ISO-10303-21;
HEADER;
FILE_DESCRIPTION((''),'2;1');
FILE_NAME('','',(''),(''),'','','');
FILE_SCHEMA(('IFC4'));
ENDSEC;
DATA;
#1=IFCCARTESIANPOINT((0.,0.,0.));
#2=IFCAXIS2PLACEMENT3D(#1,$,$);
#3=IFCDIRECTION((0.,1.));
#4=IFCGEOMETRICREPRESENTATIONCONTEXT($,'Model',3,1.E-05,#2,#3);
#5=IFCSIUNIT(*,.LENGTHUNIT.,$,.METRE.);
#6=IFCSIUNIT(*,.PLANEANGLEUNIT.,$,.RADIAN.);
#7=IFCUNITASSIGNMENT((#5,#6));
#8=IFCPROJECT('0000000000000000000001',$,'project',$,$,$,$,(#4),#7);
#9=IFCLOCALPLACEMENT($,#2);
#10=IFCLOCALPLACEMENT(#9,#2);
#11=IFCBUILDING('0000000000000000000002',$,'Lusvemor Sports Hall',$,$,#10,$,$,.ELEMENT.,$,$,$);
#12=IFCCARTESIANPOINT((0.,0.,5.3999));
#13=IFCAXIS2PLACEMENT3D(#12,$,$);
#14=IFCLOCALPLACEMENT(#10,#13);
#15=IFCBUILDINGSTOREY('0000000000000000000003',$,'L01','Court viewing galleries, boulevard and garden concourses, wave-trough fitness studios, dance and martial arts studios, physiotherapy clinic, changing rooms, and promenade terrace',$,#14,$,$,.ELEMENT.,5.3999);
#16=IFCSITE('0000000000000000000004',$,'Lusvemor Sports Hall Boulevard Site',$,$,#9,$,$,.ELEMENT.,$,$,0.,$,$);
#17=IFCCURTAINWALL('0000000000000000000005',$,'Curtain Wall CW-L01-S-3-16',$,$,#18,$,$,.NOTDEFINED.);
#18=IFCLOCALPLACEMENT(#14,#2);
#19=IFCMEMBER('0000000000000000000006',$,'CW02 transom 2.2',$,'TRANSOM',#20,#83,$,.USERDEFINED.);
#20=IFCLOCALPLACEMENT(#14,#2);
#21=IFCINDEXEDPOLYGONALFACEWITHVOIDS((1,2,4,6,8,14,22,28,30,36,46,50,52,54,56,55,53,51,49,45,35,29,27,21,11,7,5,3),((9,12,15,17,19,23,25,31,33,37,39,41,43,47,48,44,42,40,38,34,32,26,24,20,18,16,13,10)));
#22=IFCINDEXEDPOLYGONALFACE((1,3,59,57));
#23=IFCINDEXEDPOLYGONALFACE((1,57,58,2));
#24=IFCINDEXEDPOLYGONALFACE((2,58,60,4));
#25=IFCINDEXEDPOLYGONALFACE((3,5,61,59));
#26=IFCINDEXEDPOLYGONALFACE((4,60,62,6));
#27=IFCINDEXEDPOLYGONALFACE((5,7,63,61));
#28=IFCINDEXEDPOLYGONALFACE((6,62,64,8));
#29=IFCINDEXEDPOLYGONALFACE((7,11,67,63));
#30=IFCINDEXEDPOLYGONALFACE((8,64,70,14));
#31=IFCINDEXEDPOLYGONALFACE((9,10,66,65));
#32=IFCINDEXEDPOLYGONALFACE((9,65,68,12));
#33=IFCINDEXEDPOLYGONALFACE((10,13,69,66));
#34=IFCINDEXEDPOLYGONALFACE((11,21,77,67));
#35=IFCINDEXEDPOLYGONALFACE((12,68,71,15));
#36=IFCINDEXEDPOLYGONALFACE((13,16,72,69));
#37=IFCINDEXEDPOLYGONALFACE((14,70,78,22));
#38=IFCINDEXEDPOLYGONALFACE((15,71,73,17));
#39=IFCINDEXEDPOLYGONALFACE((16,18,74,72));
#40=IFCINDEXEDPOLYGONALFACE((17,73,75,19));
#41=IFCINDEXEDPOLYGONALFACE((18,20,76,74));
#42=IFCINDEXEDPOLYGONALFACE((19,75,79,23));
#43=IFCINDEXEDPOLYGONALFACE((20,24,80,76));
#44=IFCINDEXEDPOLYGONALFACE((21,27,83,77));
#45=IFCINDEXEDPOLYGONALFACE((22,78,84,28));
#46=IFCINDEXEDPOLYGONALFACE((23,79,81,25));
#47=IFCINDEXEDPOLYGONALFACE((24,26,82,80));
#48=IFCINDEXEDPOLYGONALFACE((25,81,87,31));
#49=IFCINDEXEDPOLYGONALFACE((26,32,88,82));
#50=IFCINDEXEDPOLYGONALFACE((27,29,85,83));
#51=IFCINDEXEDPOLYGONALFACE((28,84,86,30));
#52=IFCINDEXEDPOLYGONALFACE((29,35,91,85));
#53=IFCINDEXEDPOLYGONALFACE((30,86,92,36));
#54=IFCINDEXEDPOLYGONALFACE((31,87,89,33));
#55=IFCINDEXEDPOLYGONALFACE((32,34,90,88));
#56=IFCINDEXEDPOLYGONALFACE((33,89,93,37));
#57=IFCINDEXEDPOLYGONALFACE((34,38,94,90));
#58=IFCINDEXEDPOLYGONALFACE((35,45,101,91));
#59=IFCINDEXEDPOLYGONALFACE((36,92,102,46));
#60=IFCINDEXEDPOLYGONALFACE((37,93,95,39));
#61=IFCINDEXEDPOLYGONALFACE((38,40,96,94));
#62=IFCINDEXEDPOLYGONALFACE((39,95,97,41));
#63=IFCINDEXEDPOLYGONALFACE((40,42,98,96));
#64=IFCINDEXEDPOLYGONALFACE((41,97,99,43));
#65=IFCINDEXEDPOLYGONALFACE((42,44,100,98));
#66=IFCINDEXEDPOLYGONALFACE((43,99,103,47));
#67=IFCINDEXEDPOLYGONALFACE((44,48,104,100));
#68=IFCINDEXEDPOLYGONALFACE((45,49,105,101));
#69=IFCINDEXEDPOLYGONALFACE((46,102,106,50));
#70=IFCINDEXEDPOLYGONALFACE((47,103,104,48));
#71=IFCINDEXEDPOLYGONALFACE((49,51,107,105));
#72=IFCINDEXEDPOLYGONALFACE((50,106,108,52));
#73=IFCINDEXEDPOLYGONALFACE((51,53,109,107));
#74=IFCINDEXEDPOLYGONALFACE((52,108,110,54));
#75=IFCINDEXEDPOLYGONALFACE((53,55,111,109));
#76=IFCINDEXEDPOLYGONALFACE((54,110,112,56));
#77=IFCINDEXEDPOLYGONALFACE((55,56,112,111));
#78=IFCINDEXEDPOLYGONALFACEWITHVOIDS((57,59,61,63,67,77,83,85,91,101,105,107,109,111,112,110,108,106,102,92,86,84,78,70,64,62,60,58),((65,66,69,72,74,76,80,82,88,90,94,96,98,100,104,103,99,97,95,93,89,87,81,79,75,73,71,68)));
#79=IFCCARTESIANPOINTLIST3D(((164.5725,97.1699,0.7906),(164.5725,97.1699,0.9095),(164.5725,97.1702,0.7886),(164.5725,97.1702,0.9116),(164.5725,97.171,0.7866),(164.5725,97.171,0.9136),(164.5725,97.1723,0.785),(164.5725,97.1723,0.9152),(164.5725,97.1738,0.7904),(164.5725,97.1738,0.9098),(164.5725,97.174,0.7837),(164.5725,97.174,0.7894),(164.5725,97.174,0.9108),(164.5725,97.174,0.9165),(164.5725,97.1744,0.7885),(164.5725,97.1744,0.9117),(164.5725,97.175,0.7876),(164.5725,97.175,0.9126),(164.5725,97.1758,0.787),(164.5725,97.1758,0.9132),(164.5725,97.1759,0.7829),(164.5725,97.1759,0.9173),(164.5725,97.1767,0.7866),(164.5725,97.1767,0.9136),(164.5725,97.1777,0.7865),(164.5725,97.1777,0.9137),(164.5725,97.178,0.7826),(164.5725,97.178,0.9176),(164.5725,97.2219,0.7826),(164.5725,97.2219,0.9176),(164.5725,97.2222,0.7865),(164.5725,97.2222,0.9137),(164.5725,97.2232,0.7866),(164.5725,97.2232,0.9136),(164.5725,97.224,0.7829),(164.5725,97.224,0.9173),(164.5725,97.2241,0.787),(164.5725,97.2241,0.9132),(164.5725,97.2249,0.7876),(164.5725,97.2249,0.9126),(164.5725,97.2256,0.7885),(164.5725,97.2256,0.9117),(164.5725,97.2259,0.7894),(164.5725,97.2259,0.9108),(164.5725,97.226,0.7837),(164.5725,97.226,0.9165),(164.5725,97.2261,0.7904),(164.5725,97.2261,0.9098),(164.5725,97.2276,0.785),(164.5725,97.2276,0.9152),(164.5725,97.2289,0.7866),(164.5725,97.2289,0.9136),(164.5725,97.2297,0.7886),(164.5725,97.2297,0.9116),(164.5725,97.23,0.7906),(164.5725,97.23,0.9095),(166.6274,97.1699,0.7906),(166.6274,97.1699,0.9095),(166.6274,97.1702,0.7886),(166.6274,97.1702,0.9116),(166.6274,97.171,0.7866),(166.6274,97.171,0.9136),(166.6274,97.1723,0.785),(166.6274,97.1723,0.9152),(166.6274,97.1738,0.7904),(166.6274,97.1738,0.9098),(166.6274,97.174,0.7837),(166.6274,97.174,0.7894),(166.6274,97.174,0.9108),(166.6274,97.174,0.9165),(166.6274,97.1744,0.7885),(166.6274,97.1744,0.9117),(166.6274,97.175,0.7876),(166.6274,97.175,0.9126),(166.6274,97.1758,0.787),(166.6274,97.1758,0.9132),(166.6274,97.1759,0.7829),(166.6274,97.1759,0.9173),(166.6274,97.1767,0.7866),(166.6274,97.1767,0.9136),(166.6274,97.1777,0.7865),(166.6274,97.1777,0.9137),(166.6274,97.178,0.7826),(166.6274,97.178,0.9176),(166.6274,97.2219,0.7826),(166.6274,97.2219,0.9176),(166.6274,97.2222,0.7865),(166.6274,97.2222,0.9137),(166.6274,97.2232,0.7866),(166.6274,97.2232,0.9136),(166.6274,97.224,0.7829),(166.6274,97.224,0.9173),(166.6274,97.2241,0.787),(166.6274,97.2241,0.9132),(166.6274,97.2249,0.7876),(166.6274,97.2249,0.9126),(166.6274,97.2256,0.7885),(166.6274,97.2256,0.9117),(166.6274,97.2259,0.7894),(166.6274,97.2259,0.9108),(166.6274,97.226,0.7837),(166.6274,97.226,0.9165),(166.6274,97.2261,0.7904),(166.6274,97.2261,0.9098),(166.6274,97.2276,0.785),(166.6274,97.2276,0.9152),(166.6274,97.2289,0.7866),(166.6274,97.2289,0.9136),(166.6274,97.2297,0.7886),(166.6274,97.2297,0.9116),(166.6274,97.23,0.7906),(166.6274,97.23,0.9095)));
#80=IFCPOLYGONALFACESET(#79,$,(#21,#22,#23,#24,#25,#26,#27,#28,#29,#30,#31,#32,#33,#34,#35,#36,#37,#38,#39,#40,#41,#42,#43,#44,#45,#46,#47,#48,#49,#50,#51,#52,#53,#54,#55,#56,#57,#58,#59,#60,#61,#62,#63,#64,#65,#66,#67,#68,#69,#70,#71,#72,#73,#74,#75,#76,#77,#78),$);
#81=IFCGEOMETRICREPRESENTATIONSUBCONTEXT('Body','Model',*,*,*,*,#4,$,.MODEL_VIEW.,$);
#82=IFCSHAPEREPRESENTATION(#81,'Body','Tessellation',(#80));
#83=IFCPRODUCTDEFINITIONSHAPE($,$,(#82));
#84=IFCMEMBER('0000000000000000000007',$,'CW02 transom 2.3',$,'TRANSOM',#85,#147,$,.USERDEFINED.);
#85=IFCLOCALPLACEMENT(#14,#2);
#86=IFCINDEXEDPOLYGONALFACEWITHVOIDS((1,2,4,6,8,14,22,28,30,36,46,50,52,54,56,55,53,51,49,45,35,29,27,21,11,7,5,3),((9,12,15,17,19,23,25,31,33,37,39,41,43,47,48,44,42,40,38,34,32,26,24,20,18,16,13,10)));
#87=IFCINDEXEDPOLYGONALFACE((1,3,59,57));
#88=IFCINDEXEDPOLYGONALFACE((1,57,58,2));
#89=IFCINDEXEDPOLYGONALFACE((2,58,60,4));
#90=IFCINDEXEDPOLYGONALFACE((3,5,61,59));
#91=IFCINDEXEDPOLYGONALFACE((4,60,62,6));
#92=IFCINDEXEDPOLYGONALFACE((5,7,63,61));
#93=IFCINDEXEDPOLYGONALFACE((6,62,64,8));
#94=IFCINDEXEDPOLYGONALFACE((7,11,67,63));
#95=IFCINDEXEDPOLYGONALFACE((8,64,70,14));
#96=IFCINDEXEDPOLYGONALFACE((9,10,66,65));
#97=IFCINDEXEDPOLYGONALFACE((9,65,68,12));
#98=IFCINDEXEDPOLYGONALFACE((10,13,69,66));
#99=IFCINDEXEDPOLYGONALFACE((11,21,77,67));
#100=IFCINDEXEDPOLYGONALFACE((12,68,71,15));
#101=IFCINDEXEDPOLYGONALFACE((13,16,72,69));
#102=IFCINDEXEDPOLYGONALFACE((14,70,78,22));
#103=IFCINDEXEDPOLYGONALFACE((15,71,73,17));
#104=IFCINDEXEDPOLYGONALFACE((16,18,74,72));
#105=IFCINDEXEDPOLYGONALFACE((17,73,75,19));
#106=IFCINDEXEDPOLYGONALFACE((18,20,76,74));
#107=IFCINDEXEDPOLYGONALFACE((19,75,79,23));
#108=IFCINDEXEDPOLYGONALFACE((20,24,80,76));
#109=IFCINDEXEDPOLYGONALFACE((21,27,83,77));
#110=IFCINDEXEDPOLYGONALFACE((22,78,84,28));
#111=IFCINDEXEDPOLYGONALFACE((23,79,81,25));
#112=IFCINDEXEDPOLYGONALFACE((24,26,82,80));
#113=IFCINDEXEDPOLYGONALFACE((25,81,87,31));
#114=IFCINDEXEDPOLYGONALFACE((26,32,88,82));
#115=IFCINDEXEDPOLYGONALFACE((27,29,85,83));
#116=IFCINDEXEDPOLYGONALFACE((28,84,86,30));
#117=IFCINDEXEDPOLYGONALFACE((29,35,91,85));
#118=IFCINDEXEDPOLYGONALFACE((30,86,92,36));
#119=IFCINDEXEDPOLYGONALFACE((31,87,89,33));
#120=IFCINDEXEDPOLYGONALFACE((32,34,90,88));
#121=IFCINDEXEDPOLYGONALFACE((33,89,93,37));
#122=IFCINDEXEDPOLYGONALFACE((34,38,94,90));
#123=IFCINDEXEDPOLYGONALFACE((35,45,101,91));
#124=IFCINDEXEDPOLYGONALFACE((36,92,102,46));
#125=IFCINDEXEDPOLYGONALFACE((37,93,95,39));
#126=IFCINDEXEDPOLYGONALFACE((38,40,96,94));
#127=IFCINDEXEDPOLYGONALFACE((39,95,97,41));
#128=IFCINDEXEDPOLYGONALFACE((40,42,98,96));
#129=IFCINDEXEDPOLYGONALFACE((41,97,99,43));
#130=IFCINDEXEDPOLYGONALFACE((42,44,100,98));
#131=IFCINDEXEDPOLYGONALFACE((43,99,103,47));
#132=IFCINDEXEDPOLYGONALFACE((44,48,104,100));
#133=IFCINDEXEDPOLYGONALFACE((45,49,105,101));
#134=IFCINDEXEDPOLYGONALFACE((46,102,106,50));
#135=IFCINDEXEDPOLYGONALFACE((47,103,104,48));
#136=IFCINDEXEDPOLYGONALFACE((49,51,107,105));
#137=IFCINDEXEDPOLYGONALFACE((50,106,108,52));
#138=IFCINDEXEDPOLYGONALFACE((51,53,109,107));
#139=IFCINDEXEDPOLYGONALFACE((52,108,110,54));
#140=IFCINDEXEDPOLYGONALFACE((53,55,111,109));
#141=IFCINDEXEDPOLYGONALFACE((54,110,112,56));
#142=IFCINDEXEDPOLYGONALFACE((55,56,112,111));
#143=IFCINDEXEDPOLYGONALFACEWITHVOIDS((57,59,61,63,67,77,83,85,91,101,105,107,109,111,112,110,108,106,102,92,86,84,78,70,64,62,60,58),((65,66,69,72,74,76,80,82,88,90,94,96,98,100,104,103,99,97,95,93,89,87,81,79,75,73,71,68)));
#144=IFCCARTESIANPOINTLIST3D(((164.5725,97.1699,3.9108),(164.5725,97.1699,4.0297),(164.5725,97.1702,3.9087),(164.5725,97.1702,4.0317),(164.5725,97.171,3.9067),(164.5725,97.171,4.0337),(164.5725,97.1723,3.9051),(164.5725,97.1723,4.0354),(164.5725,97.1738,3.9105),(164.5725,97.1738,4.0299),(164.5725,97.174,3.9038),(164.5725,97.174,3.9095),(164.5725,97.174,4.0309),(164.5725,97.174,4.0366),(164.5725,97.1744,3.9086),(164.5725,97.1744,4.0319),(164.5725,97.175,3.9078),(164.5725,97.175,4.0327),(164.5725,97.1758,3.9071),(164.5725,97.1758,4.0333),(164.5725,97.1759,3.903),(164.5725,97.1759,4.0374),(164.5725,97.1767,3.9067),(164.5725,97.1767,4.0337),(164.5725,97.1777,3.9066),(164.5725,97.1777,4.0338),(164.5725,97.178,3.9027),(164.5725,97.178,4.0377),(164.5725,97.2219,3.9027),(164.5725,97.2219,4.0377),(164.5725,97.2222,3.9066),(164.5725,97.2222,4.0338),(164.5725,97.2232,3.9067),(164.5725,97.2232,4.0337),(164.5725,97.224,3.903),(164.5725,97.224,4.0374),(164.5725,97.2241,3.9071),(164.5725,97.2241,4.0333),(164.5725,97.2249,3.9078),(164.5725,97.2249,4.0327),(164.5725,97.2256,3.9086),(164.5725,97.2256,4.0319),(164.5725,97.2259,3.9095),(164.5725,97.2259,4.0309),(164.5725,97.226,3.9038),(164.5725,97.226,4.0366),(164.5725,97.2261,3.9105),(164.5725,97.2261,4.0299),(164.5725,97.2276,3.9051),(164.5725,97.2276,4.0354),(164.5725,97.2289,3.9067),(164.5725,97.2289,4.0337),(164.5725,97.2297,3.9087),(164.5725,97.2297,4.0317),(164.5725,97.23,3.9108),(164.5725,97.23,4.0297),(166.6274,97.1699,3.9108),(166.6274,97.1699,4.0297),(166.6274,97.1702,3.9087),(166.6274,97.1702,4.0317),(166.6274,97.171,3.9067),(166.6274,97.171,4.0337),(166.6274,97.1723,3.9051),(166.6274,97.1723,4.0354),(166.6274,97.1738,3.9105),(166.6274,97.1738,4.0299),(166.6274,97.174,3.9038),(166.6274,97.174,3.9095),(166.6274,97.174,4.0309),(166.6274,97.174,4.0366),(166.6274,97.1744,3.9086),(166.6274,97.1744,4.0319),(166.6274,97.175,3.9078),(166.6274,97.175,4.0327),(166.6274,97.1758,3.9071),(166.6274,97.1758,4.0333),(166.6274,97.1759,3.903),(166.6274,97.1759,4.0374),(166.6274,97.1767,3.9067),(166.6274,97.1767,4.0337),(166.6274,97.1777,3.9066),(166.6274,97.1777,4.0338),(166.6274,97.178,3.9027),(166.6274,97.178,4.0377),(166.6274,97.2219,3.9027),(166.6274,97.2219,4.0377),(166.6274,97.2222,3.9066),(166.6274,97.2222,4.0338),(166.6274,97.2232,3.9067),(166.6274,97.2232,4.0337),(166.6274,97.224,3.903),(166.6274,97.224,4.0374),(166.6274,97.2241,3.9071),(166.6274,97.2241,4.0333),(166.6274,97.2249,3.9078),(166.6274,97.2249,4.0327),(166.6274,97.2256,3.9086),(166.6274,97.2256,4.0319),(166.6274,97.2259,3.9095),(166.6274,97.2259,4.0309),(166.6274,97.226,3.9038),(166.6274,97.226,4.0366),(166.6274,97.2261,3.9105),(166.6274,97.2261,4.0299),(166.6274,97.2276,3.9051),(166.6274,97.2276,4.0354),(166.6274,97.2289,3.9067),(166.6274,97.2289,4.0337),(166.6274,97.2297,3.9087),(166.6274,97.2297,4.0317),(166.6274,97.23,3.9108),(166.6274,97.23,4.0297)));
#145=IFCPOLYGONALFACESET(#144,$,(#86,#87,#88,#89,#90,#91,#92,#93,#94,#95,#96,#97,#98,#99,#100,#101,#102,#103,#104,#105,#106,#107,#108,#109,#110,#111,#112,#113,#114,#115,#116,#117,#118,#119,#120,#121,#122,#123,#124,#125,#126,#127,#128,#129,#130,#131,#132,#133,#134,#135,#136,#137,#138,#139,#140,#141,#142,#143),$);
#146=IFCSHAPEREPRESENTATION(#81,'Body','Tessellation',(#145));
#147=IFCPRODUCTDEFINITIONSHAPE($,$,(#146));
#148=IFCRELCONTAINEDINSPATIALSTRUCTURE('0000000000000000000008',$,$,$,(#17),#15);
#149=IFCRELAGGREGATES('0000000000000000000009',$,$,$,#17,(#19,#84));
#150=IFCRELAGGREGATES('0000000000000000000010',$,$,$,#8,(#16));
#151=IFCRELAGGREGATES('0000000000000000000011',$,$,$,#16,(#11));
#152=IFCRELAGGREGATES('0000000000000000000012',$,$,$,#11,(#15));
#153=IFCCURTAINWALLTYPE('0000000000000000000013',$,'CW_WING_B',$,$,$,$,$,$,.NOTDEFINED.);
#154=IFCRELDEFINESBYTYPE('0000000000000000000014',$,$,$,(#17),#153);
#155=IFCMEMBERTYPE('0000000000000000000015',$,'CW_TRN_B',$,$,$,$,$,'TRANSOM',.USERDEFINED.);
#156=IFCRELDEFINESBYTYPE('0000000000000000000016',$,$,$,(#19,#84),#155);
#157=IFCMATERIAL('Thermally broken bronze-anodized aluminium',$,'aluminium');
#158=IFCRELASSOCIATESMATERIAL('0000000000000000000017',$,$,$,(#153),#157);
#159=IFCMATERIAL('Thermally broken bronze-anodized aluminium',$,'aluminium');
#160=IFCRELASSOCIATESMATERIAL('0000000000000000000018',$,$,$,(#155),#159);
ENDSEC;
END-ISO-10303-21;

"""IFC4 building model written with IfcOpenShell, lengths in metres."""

from ifc_helpers import new_model, si_unit, direction, frame, origin, origin_2d, place, context, subcontext, project, spatial, hollow_rectangle, extrude, material, material_profile, profile_set, type_object, element, aggregate, save


model = new_model("IFC4")

# Units and contexts
model_context = context("Model", 3, precision=1e-05, world=origin(), true_north=direction((0.0, 1.0)))
body_context = subcontext(model_context, "Body", "Model", "MODEL_VIEW")
ifc_project = project(units=[si_unit("LENGTHUNIT", "METRE"), si_unit("PLANEANGLEUNIT", "RADIAN")], contexts=[model_context])

# Site, building, storey
site_placement = place(None, origin())
site = spatial("IfcSite", under=ifc_project, at=site_placement, Name="Lusvemor Sports Hall Boulevard Site", CompositionType="ELEMENT", RefElevation=0.0)
building_placement = place(site_placement, origin())
building = spatial("IfcBuilding", under=site, at=building_placement, Name="Lusvemor Sports Hall", CompositionType="ELEMENT")
storey_placement = place(building_placement, frame((0.0, 0.0, 5.3999)))
storey = spatial("IfcBuildingStorey", under=building, at=storey_placement, Name="L01", Description="Court viewing galleries, boulevard and garden concourses, wave-trough fitness studios, dance and martial arts studios, physiotherapy clinic, changing rooms, and promenade terrace", CompositionType="ELEMENT", Elevation=5.3999)

# Curtain wall, members
ifc_material_1 = material(Name="Thermally broken bronze-anodized aluminium", Category="aluminium")
curtain_wall_type = type_object("IfcCurtainWallType", Name="CW_WING_B", PredefinedType="NOTDEFINED", material=ifc_material_1)
curtain_wall_placement = place(storey_placement, origin())
curtain_wall = element("IfcCurtainWall", 1, at=curtain_wall_placement, inside=storey, type_object=curtain_wall_type, Name="Curtain Wall CW-L01-S-3-16", PredefinedType="NOTDEFINED")
ifc_material_2 = material(Name="Thermally broken bronze-anodized aluminium", Category="aluminium")
ifc_material_profile_1 = material_profile(ifc_material_2, hollow_rectangle(XDim=0.0601, YDim=0.135, WallThickness=0.0039, InnerFilletRadius=0.0039, OuterFilletRadius=0.0081, at=origin_2d()), Name="CWTRN135x60x4")
ifc_profile_set_1 = profile_set([ifc_material_profile_1], Name="Thermally broken bronze-anodized aluminium")
member_type_1 = type_object("IfcMemberType", Name="CW_TRN_B", ElementType="TRANSOM", PredefinedType="USERDEFINED", material=ifc_profile_set_1)
member_1_placement = place(storey_placement, frame((166.6274, 97.2, 0.8501), z_axis=(-1.0, 0.0, 0.0), x_axis=(0.0, -1.0, 0.0)))
member_1 = element("IfcMember", 2, at=member_1_placement, type_object=member_type_1, Name="CW02 transom 2.2", ObjectType="TRANSOM", PredefinedType="USERDEFINED", context=body_context, shape_type="SweptSolid", body=[
    extrude(hollow_rectangle(XDim=0.0601, YDim=0.135, WallThickness=0.0039, InnerFilletRadius=0.0039, OuterFilletRadius=0.0081, at=origin_2d()), origin(), (0.0, 0.0, 1.0), 2.0549),
])
member_2_placement = place(storey_placement, frame((166.6274, 97.2, 3.9702), z_axis=(-1.0, 0.0, 0.0), x_axis=(0.0, -1.0, 0.0)))
member_2 = element("IfcMember", 3, at=member_2_placement, type_object=member_type_1, Name="CW02 transom 2.3", ObjectType="TRANSOM", PredefinedType="USERDEFINED", context=body_context, shape_type="SweptSolid", body=[
    extrude(hollow_rectangle(XDim=0.0601, YDim=0.135, WallThickness=0.0039, InnerFilletRadius=0.0039, OuterFilletRadius=0.0081, at=origin_2d()), origin(), (0.0, 0.0, 1.0), 2.0549),
])

aggregate(curtain_wall, [member_1, member_2])

save(model, "model.ifc")
